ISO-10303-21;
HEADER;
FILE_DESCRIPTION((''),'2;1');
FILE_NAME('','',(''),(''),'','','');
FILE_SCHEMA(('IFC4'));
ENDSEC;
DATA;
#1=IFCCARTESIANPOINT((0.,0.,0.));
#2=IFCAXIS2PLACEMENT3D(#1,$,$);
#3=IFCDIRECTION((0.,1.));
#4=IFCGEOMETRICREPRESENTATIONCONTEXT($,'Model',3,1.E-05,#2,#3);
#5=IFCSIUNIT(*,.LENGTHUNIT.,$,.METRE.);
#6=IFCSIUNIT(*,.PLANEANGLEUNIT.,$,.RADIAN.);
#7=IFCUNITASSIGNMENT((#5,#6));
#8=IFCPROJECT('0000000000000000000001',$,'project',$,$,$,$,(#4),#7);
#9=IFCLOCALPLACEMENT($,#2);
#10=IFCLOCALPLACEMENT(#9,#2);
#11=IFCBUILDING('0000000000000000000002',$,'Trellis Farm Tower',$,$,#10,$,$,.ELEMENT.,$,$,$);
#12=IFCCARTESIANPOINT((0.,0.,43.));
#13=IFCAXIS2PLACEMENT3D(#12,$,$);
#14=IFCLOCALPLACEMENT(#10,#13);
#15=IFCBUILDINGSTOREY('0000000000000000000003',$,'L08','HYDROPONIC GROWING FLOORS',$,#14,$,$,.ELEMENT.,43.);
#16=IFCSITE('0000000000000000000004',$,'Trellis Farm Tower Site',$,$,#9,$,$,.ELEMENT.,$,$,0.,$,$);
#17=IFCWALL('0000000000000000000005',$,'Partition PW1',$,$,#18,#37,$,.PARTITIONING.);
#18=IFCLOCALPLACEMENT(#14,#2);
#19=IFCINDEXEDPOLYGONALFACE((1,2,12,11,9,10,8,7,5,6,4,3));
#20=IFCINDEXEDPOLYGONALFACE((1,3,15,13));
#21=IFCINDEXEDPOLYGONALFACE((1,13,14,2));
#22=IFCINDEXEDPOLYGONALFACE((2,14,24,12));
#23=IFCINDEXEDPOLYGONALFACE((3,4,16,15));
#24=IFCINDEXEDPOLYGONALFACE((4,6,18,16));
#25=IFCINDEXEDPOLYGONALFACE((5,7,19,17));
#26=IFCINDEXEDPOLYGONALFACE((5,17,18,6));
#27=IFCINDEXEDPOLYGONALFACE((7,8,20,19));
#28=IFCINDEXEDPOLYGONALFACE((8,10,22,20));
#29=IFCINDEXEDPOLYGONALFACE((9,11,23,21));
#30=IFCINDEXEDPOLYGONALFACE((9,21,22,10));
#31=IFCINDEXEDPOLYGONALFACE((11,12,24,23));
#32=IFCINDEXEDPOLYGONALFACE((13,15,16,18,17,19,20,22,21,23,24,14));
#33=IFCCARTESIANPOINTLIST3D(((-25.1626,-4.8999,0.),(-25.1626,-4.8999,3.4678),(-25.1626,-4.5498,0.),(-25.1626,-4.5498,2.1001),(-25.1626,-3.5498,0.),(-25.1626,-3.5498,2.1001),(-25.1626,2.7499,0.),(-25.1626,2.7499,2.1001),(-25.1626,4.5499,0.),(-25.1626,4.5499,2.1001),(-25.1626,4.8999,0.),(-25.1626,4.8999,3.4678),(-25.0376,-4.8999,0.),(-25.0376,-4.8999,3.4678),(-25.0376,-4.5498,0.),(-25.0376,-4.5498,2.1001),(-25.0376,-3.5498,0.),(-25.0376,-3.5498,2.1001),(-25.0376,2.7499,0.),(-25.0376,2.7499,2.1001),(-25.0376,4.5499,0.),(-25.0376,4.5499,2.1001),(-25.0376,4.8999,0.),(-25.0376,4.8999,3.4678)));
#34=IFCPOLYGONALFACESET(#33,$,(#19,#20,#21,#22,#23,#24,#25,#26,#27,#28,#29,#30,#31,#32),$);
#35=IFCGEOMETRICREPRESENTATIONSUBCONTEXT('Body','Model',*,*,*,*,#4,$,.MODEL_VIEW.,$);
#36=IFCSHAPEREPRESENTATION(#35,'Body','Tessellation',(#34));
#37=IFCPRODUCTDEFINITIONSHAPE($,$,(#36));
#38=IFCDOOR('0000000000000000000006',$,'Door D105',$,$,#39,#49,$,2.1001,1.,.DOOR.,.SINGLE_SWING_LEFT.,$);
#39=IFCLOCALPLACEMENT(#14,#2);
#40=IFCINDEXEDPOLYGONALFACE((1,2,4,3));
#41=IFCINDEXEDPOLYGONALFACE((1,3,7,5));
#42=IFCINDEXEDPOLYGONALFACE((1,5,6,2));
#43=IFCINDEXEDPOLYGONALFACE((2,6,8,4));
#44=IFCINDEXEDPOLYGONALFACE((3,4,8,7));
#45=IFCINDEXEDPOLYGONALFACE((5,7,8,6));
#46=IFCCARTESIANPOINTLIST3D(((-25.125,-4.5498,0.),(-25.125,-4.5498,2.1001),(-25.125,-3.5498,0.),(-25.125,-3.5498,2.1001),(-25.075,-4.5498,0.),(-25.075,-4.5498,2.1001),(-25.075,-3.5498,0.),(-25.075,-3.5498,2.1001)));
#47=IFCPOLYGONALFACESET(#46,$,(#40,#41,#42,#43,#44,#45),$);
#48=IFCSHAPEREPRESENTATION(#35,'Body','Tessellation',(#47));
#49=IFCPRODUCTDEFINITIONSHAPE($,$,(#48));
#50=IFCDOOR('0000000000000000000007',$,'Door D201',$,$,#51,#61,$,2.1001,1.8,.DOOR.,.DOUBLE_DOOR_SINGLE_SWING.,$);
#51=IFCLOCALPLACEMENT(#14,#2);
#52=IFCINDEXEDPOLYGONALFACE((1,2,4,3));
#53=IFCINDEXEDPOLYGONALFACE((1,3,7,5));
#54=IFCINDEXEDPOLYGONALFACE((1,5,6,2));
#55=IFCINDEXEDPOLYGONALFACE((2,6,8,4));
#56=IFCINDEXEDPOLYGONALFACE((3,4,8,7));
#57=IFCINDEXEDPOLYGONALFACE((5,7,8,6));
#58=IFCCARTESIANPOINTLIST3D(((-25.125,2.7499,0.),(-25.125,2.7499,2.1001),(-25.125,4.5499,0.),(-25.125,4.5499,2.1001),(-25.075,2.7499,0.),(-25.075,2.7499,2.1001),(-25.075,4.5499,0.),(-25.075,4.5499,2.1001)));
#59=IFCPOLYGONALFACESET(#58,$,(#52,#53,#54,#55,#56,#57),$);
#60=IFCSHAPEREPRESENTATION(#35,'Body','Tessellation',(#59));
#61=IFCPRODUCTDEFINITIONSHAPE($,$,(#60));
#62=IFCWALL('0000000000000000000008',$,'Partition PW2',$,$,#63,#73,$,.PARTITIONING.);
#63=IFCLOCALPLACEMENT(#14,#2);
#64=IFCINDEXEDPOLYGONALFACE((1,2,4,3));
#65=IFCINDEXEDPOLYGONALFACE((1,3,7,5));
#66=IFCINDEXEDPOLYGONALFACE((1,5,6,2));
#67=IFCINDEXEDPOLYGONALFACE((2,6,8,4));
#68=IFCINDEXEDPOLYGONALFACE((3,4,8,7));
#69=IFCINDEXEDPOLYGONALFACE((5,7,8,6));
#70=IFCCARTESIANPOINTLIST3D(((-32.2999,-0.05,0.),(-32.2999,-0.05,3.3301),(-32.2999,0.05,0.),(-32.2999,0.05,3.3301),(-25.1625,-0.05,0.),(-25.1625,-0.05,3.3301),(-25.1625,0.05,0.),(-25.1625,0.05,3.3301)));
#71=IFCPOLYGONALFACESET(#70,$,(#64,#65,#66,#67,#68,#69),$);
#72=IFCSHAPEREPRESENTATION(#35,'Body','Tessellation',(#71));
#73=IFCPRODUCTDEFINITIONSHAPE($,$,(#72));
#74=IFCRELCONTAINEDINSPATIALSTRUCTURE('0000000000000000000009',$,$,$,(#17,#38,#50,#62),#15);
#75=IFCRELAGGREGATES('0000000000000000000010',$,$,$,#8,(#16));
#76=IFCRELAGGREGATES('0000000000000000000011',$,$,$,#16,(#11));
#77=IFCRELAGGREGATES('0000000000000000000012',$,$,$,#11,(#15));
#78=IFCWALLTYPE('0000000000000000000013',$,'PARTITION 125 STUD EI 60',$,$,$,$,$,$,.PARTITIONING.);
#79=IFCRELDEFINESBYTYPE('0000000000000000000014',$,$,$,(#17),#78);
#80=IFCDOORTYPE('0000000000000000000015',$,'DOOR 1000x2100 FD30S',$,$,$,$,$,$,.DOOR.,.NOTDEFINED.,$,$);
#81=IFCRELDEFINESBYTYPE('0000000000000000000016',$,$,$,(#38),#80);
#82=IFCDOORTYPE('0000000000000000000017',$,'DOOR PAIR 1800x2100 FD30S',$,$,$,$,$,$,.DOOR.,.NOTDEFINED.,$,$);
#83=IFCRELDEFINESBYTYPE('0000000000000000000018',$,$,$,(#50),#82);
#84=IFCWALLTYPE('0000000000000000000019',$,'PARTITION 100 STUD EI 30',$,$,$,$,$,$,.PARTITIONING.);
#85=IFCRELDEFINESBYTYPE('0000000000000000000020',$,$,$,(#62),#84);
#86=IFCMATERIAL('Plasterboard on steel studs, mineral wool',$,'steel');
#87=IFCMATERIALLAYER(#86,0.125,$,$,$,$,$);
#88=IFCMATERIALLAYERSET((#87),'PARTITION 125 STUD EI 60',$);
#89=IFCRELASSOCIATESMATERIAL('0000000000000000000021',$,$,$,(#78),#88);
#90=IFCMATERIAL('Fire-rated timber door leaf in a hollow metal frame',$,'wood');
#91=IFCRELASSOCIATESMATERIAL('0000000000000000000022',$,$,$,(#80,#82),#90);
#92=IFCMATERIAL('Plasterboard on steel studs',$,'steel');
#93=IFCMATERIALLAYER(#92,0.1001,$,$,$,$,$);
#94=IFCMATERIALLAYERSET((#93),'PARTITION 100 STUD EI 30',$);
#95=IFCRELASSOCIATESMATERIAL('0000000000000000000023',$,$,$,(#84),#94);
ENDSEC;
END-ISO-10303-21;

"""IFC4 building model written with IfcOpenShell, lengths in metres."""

from ifc_helpers import new_model, si_unit, direction, frame, frame_2d, origin, place, context, subcontext, project, spatial, rectangle, extrude, source, transform, mapped, material, layer, layer_set, type_object, element, fill, save


model = new_model("IFC4")

# Units and contexts
model_context = context("Model", 3, precision=1e-05, world=origin(), true_north=direction((0.0, 1.0)))
body_context = subcontext(model_context, "Body", "Model", "MODEL_VIEW")
ifc_project = project(units=[si_unit("LENGTHUNIT", "METRE"), si_unit("PLANEANGLEUNIT", "RADIAN")], contexts=[model_context])

# Site, building, storey
site_placement = place(None, origin())
site = spatial("IfcSite", under=ifc_project, at=site_placement, Name="Trellis Farm Tower Site", CompositionType="ELEMENT", RefElevation=0.0)
building_placement = place(site_placement, origin())
building = spatial("IfcBuilding", under=site, at=building_placement, Name="Trellis Farm Tower", CompositionType="ELEMENT")
storey_placement = place(building_placement, frame((0.0, 0.0, 43.0)))
storey = spatial("IfcBuildingStorey", under=building, at=storey_placement, Name="L08", Description="HYDROPONIC GROWING FLOORS", CompositionType="ELEMENT", Elevation=43.0)

# Wall, openings, doors
ifc_material_1 = material(Name="Plasterboard on steel studs, mineral wool", Category="steel")
ifc_layer_1 = layer(ifc_material_1, 0.125)
ifc_layer_set_1 = layer_set([ifc_layer_1], Name="PARTITION 125 STUD EI 60")
wall_type_1 = type_object("IfcWallType", Name="PARTITION 125 STUD EI 60", PredefinedType="PARTITIONING", material=ifc_layer_set_1)
shared_shape_1 = source(origin(), body_context, "Body", "SweptSolid", [
    extrude(rectangle(XDim=9.7998, YDim=0.125, at=frame_2d((4.8999, 0.0))), origin(), (0.0, 0.0, 1.0), 3.4678),
])
wall_1_placement = place(storey_placement, frame((-25.1001, -4.8999, 0.0), z_axis=(0.0, 0.0, 1.0), x_axis=(0.0, 1.0, 0.0)))
wall_1 = element("IfcWall", 1, at=wall_1_placement, inside=storey, type_object=wall_type_1, Name="Partition PW1", PredefinedType="PARTITIONING", context=body_context, shape_type="MappedRepresentation", body=[
    mapped(shared_shape_1, transform((0.0, 0.0, 0.0))),
])
shared_shape_2 = source(origin(), body_context, "Body", "SweptSolid", [
    extrude(rectangle(XDim=1.0, YDim=2.1001, at=frame_2d((0.5, 1.05))), frame((0.0, 0.0725, 0.0), z_axis=(0.0, -1.0, 0.0), x_axis=(1.0, 0.0, 0.0)), (0.0, 0.0, 1.0), 0.145),
])
opening_1_placement = place(wall_1_placement, frame((0.3501, 0.0, 0.0)))
opening_1 = element("IfcOpeningElement", 2, at=opening_1_placement, cuts=wall_1, PredefinedType="OPENING", context=body_context, shape_type="MappedRepresentation", body=[
    mapped(shared_shape_2, transform((0.0, 0.0, 0.0))),
])
shared_shape_3 = source(origin(), body_context, "Body", "SweptSolid", [
    extrude(rectangle(XDim=1.8, YDim=2.1001, at=frame_2d((0.8999, 1.05))), frame((0.0, 0.0725, 0.0), z_axis=(0.0, -1.0, 0.0), x_axis=(1.0, 0.0, 0.0)), (0.0, 0.0, 1.0), 0.145),
])
opening_2_placement = place(wall_1_placement, frame((7.6499, 0.0, 0.0)))
opening_2 = element("IfcOpeningElement", 3, at=opening_2_placement, cuts=wall_1, PredefinedType="OPENING", context=body_context, shape_type="MappedRepresentation", body=[
    mapped(shared_shape_3, transform((0.0, 0.0, 0.0))),
])
ifc_material_2 = material(Name="Fire-rated timber door leaf in a hollow metal frame", Category="wood")
door_type_1 = type_object("IfcDoorType", Name="DOOR 1000x2100 FD30S", OperationType="NOTDEFINED", PredefinedType="DOOR", material=ifc_material_2)
shared_shape_4 = source(origin(), body_context, "Body", "SweptSolid", [
    extrude(rectangle(XDim=1.0, YDim=2.1001, at=frame_2d((0.5, 1.05))), frame((0.0, 0.0249, 0.0), z_axis=(0.0, -1.0, 0.0), x_axis=(1.0, 0.0, 0.0)), (0.0, 0.0, 1.0), 0.05),
])
door_1_placement = place(opening_1_placement, origin())
door_1 = element("IfcDoor", 4, at=door_1_placement, inside=storey, type_object=door_type_1, Name="Door D105", OperationType="SINGLE_SWING_LEFT", OverallHeight=2.1001, OverallWidth=1.0, PredefinedType="DOOR", context=body_context, shape_type="MappedRepresentation", body=[
    mapped(shared_shape_4, transform((0.0, 0.0, 0.0))),
])
fill(opening_1, door_1)
door_type_2 = type_object("IfcDoorType", Name="DOOR PAIR 1800x2100 FD30S", OperationType="NOTDEFINED", PredefinedType="DOOR", material=ifc_material_2)
shared_shape_5 = source(origin(), body_context, "Body", "SweptSolid", [
    extrude(rectangle(XDim=1.8, YDim=2.1001, at=frame_2d((0.8999, 1.05))), frame((0.0, 0.0249, 0.0), z_axis=(0.0, -1.0, 0.0), x_axis=(1.0, 0.0, 0.0)), (0.0, 0.0, 1.0), 0.05),
])
door_2_placement = place(opening_2_placement, origin())
door_2 = element("IfcDoor", 5, at=door_2_placement, inside=storey, type_object=door_type_2, Name="Door D201", OperationType="DOUBLE_DOOR_SINGLE_SWING", OverallHeight=2.1001, OverallWidth=1.8, PredefinedType="DOOR", context=body_context, shape_type="MappedRepresentation", body=[
    mapped(shared_shape_5, transform((0.0, 0.0, 0.0))),
])
fill(opening_2, door_2)

# Wall
ifc_material_3 = material(Name="Plasterboard on steel studs", Category="steel")
ifc_layer_2 = layer(ifc_material_3, 0.1001)
ifc_layer_set_2 = layer_set([ifc_layer_2], Name="PARTITION 100 STUD EI 30")
wall_type_2 = type_object("IfcWallType", Name="PARTITION 100 STUD EI 30", PredefinedType="PARTITIONING", material=ifc_layer_set_2)
shared_shape_6 = source(origin(), body_context, "Body", "SweptSolid", [
    extrude(rectangle(XDim=7.1375, YDim=0.1001, at=frame_2d((3.5688, 0.0))), origin(), (0.0, 0.0, 1.0), 3.3301),
])
wall_2_placement = place(storey_placement, frame((-32.3, 0.0, 0.0), z_axis=(0.0, 0.0, 1.0), x_axis=(1.0, 0.0, 0.0)))
element("IfcWall", 6, at=wall_2_placement, inside=storey, type_object=wall_type_2, Name="Partition PW2", PredefinedType="PARTITIONING", context=body_context, shape_type="MappedRepresentation", body=[
    mapped(shared_shape_6, transform((0.0, 0.0, 0.0))),
])

save(model, "model.ifc")
